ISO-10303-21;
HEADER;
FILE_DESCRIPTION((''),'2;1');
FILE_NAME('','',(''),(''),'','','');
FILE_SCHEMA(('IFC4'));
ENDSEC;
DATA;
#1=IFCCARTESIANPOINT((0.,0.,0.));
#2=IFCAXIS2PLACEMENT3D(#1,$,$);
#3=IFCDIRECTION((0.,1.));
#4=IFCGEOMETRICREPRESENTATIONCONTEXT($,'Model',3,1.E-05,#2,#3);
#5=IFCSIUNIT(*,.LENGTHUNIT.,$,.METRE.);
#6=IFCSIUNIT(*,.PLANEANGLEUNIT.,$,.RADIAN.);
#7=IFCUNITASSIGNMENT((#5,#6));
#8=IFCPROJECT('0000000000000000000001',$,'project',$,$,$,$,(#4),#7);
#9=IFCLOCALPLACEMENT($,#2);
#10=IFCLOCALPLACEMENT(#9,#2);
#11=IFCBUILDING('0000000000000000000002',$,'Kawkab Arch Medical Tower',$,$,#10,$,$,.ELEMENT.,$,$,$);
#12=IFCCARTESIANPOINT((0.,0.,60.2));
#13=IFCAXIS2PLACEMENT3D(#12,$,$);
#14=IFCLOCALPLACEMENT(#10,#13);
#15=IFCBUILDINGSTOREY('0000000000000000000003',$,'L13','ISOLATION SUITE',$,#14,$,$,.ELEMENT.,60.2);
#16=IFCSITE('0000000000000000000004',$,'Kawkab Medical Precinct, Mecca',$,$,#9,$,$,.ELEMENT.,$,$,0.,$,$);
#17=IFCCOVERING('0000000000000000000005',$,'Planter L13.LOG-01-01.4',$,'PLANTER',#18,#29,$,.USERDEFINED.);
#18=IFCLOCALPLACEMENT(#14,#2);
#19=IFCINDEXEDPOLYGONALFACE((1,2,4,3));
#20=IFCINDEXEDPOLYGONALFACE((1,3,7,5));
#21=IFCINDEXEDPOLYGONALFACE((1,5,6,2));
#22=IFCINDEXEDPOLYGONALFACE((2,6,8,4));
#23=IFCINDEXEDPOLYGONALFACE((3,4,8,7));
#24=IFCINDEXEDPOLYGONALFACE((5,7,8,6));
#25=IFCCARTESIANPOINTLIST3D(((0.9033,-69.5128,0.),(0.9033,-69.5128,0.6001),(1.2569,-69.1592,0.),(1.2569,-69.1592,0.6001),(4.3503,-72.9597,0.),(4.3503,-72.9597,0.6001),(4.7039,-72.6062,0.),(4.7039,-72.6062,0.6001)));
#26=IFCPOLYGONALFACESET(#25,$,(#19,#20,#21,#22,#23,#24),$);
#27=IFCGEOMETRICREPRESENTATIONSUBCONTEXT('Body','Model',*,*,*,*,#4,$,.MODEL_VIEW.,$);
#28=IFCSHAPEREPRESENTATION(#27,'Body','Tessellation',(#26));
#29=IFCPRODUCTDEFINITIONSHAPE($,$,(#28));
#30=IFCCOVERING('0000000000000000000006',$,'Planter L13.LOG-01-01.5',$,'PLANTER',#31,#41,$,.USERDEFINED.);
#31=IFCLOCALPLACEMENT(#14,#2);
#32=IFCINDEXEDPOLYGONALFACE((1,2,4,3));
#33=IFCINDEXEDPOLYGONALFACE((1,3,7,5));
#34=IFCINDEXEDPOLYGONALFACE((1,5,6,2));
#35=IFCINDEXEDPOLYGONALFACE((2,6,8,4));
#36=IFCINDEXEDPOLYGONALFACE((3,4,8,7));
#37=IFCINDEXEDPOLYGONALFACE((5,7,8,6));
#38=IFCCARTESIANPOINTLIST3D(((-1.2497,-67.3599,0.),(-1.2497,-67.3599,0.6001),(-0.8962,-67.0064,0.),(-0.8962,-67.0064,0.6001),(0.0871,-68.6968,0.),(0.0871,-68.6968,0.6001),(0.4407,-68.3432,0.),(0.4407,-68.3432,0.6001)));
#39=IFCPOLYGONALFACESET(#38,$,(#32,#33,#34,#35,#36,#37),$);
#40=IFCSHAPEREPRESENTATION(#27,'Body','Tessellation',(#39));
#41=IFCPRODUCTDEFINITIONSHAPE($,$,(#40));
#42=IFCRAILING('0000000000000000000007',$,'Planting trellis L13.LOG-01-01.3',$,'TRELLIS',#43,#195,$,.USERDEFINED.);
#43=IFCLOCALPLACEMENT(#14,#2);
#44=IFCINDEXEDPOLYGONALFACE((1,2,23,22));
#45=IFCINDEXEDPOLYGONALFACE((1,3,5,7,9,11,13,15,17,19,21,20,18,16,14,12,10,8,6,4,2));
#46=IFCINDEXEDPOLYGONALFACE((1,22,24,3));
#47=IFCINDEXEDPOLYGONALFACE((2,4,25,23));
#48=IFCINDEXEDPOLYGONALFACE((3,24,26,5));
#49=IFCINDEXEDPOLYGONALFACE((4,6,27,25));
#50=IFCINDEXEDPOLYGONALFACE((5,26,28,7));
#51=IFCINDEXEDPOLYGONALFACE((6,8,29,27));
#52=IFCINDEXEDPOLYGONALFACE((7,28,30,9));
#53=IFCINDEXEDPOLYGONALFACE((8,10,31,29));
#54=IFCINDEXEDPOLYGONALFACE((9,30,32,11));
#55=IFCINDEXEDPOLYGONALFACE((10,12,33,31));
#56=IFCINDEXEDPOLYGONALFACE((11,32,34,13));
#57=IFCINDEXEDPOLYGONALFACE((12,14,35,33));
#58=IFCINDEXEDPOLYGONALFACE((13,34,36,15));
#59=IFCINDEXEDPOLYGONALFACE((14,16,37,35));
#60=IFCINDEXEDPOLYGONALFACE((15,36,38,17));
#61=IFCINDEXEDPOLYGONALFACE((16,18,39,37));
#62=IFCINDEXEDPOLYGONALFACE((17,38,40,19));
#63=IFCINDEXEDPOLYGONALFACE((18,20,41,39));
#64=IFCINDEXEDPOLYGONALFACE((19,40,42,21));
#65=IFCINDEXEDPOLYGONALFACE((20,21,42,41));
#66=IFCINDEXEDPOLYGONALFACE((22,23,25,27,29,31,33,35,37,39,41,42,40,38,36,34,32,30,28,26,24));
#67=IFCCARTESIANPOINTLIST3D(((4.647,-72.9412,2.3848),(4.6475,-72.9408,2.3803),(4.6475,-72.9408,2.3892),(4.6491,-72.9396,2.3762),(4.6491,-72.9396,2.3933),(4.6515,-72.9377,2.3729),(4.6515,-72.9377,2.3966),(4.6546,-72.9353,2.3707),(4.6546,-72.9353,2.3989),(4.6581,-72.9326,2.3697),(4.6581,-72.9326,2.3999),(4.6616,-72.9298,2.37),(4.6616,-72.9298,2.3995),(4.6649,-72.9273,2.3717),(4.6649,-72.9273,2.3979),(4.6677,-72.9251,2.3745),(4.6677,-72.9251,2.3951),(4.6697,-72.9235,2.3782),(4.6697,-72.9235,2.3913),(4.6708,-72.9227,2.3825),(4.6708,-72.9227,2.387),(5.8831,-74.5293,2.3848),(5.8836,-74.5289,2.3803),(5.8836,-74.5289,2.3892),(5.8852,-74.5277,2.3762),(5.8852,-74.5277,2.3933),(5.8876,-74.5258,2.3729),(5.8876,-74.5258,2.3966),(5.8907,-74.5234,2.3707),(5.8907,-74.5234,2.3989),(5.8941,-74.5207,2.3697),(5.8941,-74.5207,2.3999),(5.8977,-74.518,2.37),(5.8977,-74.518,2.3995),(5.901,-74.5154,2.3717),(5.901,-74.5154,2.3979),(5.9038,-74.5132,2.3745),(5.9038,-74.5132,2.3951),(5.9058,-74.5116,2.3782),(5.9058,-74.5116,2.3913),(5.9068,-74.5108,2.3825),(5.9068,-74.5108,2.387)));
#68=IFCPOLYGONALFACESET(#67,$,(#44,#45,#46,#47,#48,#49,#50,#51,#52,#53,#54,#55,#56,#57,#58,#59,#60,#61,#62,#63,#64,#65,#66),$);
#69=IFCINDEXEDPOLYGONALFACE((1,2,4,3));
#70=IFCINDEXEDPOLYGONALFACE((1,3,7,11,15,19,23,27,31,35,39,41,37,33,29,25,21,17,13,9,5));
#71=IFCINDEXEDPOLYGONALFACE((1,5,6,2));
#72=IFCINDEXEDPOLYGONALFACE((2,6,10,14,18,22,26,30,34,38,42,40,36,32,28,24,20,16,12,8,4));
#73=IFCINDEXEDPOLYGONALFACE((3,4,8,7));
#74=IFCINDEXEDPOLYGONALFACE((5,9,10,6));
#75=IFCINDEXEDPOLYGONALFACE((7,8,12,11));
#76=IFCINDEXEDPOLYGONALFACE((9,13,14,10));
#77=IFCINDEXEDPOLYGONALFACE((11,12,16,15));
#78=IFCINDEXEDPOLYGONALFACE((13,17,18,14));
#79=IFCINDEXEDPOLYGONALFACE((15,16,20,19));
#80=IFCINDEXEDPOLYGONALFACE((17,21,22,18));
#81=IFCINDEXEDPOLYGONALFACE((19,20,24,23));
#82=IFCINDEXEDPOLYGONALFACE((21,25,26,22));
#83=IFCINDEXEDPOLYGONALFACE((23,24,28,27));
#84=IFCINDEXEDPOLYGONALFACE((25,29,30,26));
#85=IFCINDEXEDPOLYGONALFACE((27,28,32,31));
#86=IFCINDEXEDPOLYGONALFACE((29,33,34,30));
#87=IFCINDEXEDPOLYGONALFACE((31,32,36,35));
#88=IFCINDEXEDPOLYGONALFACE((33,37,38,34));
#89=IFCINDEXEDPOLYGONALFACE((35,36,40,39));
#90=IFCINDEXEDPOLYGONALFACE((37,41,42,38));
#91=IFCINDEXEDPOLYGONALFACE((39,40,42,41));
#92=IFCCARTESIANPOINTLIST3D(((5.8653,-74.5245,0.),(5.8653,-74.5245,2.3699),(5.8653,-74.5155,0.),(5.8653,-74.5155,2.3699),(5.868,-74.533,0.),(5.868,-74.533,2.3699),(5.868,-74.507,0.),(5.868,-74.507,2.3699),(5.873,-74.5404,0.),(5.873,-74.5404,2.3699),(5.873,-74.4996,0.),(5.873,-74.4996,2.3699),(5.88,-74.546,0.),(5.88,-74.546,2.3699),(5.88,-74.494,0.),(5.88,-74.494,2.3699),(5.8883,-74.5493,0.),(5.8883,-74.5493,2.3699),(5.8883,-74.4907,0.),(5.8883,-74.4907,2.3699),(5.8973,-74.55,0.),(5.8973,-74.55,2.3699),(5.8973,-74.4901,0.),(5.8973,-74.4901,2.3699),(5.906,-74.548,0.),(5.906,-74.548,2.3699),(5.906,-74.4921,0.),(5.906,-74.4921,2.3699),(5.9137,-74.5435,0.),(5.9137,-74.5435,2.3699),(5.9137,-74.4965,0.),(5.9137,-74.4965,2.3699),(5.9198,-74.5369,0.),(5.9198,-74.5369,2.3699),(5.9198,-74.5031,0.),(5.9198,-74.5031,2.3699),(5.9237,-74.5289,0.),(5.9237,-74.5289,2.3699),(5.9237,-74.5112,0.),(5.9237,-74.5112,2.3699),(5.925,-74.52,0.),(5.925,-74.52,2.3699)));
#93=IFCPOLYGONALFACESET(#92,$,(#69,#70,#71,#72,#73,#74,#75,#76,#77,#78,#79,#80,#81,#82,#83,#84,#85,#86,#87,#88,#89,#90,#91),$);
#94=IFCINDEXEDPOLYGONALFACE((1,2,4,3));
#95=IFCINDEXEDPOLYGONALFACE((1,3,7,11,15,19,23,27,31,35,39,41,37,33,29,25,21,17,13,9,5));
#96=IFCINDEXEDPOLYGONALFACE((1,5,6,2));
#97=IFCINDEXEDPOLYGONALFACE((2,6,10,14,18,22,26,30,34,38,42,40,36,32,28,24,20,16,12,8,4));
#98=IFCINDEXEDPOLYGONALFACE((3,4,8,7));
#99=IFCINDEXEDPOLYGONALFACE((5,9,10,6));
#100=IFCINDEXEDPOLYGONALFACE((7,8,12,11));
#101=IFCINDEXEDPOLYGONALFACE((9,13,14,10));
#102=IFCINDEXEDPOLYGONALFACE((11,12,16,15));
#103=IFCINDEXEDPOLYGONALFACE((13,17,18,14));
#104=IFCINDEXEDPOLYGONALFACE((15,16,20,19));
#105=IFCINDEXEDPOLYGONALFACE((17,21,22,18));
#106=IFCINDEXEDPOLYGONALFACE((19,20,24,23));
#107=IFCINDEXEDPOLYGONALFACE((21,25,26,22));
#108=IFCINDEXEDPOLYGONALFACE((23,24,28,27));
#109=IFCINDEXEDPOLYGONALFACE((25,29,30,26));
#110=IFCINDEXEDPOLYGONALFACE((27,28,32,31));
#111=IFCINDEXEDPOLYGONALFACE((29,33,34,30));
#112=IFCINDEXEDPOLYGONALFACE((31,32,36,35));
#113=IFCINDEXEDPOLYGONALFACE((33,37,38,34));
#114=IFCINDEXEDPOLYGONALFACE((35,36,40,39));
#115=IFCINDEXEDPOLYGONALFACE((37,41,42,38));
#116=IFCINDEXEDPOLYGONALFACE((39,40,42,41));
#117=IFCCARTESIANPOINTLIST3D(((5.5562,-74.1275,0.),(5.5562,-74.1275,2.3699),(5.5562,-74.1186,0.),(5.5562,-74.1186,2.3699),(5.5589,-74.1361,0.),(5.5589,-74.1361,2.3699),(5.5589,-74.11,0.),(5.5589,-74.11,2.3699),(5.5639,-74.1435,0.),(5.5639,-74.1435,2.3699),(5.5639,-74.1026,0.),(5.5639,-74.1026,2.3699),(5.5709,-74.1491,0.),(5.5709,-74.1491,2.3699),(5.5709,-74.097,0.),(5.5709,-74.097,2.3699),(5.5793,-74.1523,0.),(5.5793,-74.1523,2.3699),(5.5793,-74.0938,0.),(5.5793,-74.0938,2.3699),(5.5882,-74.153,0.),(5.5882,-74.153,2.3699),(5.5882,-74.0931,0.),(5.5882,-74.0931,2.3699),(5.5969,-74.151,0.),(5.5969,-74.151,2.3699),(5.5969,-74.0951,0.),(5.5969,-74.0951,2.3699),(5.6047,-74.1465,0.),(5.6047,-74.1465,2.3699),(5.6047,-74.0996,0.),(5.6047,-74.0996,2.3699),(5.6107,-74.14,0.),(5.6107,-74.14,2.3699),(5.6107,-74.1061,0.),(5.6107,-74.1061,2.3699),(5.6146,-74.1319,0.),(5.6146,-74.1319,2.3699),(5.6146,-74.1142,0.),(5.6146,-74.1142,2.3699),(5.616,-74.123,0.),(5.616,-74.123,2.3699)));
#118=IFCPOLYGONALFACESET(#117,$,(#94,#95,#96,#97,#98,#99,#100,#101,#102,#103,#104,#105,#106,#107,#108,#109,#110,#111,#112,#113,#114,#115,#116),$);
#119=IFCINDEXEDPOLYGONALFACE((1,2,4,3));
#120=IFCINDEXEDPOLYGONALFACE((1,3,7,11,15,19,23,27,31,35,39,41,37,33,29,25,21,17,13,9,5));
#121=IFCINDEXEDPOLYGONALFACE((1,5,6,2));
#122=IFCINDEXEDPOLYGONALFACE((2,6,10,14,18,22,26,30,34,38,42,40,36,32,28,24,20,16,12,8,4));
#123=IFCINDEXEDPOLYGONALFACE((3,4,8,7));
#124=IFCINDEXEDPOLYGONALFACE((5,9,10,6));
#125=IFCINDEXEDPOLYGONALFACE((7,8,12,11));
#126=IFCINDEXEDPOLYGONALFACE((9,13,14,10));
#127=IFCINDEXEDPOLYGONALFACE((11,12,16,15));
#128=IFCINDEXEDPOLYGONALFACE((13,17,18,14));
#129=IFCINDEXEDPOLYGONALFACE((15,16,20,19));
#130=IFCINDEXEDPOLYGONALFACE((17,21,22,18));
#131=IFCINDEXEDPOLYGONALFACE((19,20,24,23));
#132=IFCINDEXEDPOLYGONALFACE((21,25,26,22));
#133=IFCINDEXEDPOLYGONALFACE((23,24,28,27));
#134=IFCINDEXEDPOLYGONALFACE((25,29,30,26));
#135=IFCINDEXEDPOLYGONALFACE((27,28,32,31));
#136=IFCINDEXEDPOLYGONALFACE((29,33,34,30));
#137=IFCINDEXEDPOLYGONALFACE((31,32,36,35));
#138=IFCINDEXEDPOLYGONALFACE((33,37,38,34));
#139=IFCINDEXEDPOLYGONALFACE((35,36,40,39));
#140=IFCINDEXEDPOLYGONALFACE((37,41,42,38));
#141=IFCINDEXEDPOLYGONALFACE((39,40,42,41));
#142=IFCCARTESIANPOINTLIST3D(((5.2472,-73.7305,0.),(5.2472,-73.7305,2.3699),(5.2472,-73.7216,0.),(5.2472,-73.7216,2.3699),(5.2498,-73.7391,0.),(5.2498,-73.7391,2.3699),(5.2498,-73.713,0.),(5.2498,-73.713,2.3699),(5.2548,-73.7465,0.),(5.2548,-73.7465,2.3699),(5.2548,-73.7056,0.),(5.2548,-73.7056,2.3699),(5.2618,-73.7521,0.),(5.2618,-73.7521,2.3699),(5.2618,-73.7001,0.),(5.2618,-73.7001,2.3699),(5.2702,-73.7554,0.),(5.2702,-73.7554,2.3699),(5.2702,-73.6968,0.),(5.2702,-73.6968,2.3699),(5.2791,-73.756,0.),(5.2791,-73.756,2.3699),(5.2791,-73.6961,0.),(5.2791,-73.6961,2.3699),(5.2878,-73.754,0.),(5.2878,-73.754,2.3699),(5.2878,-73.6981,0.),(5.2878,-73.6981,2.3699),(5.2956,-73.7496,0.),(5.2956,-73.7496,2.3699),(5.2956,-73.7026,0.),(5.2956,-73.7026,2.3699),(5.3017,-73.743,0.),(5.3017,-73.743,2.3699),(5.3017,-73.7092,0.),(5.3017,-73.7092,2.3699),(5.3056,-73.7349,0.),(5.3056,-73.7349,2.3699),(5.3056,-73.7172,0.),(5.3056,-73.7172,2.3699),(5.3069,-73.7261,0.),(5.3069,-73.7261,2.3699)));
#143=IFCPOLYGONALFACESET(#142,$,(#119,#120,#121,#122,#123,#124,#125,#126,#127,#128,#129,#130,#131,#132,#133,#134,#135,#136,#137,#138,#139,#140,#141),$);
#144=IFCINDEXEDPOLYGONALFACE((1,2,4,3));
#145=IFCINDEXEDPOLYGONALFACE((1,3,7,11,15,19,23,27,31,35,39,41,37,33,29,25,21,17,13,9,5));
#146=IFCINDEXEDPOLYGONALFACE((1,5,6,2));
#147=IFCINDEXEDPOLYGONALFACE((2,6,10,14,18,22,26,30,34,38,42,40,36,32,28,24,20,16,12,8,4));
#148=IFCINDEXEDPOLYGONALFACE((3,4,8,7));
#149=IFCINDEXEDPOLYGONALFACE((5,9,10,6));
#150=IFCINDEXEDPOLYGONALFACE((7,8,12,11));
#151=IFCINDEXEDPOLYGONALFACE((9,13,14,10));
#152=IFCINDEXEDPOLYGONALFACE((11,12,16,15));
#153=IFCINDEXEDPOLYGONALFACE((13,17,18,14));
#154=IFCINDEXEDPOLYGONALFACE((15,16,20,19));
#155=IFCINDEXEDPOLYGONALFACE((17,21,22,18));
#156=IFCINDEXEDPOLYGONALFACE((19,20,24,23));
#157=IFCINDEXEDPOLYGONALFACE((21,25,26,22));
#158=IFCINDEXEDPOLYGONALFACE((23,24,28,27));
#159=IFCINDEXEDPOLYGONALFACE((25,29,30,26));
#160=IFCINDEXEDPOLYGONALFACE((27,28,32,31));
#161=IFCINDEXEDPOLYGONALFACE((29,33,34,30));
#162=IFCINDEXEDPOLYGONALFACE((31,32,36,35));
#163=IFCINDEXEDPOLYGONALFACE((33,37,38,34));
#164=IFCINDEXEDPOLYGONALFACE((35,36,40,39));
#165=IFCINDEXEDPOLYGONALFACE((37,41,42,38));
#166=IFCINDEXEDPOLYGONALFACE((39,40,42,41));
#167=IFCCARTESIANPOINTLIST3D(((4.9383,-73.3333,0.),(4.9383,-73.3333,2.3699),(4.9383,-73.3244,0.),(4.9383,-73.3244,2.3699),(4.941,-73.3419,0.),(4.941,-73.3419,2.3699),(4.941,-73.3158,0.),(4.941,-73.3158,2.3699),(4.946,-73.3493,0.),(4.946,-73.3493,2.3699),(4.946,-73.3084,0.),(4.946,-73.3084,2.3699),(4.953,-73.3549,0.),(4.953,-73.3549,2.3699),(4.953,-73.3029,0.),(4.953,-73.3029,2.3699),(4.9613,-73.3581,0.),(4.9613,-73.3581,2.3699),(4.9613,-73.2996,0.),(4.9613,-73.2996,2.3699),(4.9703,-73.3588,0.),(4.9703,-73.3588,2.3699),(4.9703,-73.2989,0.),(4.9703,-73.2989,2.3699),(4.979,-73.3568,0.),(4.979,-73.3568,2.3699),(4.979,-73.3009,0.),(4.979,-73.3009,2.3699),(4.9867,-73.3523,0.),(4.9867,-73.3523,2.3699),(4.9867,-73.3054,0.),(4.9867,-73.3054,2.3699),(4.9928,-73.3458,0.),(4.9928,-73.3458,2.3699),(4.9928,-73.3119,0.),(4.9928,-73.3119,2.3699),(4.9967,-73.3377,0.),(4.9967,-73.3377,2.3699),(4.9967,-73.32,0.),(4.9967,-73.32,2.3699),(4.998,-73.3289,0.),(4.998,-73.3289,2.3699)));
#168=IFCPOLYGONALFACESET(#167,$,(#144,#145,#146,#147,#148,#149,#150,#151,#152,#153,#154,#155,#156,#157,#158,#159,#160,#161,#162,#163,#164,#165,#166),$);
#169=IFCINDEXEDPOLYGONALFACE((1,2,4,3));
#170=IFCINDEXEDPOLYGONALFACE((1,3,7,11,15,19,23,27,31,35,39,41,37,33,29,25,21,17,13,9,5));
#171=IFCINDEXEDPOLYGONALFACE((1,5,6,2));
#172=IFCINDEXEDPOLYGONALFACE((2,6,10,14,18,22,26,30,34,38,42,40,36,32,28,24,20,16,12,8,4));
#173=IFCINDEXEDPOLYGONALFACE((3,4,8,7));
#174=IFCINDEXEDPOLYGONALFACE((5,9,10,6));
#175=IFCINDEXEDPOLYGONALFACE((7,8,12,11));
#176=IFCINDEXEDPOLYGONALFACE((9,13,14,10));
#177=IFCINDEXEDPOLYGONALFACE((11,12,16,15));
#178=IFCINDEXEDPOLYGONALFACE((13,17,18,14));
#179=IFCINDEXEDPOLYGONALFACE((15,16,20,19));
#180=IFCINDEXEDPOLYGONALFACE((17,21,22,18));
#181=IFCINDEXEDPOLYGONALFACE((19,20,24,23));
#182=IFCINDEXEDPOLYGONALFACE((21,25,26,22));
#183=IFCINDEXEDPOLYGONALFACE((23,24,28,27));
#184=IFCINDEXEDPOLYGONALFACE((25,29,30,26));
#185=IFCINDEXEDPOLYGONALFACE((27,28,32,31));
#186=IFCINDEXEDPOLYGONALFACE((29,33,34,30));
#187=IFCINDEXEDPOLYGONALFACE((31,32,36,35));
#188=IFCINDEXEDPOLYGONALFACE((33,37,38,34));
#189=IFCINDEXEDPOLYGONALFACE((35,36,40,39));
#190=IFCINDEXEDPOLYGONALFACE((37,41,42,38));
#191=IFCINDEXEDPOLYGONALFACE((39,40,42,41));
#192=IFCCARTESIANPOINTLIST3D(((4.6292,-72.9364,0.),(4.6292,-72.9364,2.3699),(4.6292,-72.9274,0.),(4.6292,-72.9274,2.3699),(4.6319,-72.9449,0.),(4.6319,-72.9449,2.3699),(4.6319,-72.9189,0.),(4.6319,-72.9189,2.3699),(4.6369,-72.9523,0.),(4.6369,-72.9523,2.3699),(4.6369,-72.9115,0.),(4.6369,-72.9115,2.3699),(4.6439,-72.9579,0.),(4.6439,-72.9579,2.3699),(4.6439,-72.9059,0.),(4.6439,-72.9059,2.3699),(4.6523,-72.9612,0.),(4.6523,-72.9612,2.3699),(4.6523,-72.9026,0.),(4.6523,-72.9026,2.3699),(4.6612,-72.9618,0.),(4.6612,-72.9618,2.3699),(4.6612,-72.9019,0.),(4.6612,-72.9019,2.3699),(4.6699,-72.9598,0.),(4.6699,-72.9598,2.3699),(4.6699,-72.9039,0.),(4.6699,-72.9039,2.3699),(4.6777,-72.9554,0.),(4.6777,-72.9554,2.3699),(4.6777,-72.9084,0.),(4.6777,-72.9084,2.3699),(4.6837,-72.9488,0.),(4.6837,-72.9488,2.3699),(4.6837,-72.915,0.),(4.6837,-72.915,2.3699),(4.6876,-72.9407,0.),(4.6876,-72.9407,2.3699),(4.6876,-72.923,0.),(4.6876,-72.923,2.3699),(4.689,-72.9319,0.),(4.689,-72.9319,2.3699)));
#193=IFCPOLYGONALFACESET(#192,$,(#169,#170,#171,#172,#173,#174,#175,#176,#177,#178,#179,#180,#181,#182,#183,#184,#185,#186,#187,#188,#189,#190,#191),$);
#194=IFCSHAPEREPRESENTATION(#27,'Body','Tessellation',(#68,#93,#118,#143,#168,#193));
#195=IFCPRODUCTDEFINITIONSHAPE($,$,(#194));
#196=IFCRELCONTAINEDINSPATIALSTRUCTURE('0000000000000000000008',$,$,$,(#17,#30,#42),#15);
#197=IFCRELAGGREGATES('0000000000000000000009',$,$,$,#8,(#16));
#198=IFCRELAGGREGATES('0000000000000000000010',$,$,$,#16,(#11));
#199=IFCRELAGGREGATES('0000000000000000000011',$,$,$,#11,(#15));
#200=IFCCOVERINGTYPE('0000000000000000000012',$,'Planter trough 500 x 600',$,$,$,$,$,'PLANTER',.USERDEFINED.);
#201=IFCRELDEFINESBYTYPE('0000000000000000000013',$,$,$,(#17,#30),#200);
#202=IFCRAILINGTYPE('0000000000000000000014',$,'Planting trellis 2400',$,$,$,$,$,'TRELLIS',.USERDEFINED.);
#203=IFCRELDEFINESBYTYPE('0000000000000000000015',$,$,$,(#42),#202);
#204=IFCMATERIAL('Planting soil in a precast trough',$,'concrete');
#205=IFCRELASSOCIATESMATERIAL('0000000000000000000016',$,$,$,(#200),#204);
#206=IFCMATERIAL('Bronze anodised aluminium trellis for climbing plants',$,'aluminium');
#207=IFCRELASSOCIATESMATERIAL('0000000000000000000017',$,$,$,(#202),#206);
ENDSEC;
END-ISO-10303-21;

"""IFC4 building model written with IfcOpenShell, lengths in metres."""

from ifc_helpers import new_model, si_unit, direction, frame, origin, origin_2d, place, context, subcontext, project, spatial, rectangle, circle, extrude, material, material_profile, profile_set, type_object, element, save


model = new_model("IFC4")

# Units and contexts
model_context = context("Model", 3, precision=1e-05, world=origin(), true_north=direction((0.0, 1.0)))
body_context = subcontext(model_context, "Body", "Model", "MODEL_VIEW")
ifc_project = project(units=[si_unit("LENGTHUNIT", "METRE"), si_unit("PLANEANGLEUNIT", "RADIAN")], contexts=[model_context])

# Site, building, storey
site_placement = place(None, origin())
site = spatial("IfcSite", under=ifc_project, at=site_placement, Name="Kawkab Medical Precinct, Mecca", CompositionType="ELEMENT", RefElevation=0.0)
building_placement = place(site_placement, origin())
building = spatial("IfcBuilding", under=site, at=building_placement, Name="Kawkab Arch Medical Tower", CompositionType="ELEMENT")
storey_placement = place(building_placement, frame((0.0, 0.0, 60.2)))
storey = spatial("IfcBuildingStorey", under=building, at=storey_placement, Name="L13", Description="ISOLATION SUITE", CompositionType="ELEMENT", Elevation=60.2)

# Coverings
ifc_material_1 = material(Name="Planting soil in a precast trough", Category="concrete")
ifc_material_profile_1 = material_profile(ifc_material_1, rectangle(XDim=0.5, YDim=0.6001, at=origin_2d()), Name="Trough 500x600")
ifc_profile_set_1 = profile_set([ifc_material_profile_1], Name="Planting soil in a precast trough")
covering_type = type_object("IfcCoveringType", Name="Planter trough 500 x 600", ElementType="PLANTER", PredefinedType="USERDEFINED", material=ifc_profile_set_1)
covering_1_placement = place(storey_placement, frame((4.5271, -72.783, 0.3), z_axis=(-0.707107, 0.707107, 0.0), x_axis=(-0.707107, -0.707107, 0.0)))
element("IfcCovering", 1, at=covering_1_placement, inside=storey, type_object=covering_type, Name="Planter L13.LOG-01-01.4", ObjectType="PLANTER", PredefinedType="USERDEFINED", context=body_context, shape_type="SweptSolid", body=[
    extrude(rectangle(XDim=0.5, YDim=0.6001, at=origin_2d()), origin(), (0.0, 0.0, 1.0), 4.8748),
])
covering_2_placement = place(storey_placement, frame((0.2639, -68.52, 0.3), z_axis=(-0.707107, 0.707107, 0.0), x_axis=(-0.707107, -0.707107, 0.0)))
element("IfcCovering", 2, at=covering_2_placement, inside=storey, type_object=covering_type, Name="Planter L13.LOG-01-01.5", ObjectType="PLANTER", PredefinedType="USERDEFINED", context=body_context, shape_type="SweptSolid", body=[
    extrude(rectangle(XDim=0.5, YDim=0.6001, at=origin_2d()), origin(), (0.0, 0.0, 1.0), 1.8906),
])

# Railing
ifc_material_2 = material(Name="Bronze anodised aluminium trellis for climbing plants", Category="aluminium")
railing_type_1 = type_object("IfcRailingType", Name="Planting trellis 2400", ElementType="TRELLIS", PredefinedType="USERDEFINED", material=ifc_material_2)
railing_1_placement = place(storey_placement, frame((5.895, -74.52, 0.0)))
element("IfcRailing", 3, at=railing_1_placement, inside=storey, type_object=railing_type_1, Name="Planting trellis L13.LOG-01-01.3", ObjectType="TRELLIS", PredefinedType="USERDEFINED", context=body_context, shape_type="SweptSolid", body=[
    extrude(circle(Radius=0.0151, at=origin_2d()), frame((0.0, 0.0, 2.3848), z_axis=(-0.614209, 0.789143, 0.0), x_axis=(-0.789143, -0.614209, 0.0)), (0.0, 0.0, 1.0), 2.0125),
    extrude(circle(Radius=0.03, at=origin_2d()), origin(), (0.0, 0.0, 1.0), 2.3699),
    extrude(circle(Radius=0.03, at=origin_2d()), frame((-0.3091, 0.397, 0.0)), (0.0, 0.0, 1.0), 2.3699),
    extrude(circle(Radius=0.03, at=origin_2d()), frame((-0.6182, 0.7939, 0.0)), (0.0, 0.0, 1.0), 2.3699),
    extrude(circle(Radius=0.03, at=origin_2d()), frame((-0.927, 1.1912, 0.0)), (0.0, 0.0, 1.0), 2.3699),
    extrude(circle(Radius=0.03, at=origin_2d()), frame((-1.2361, 1.5881, 0.0)), (0.0, 0.0, 1.0), 2.3699),
])

save(model, "model.ifc")
